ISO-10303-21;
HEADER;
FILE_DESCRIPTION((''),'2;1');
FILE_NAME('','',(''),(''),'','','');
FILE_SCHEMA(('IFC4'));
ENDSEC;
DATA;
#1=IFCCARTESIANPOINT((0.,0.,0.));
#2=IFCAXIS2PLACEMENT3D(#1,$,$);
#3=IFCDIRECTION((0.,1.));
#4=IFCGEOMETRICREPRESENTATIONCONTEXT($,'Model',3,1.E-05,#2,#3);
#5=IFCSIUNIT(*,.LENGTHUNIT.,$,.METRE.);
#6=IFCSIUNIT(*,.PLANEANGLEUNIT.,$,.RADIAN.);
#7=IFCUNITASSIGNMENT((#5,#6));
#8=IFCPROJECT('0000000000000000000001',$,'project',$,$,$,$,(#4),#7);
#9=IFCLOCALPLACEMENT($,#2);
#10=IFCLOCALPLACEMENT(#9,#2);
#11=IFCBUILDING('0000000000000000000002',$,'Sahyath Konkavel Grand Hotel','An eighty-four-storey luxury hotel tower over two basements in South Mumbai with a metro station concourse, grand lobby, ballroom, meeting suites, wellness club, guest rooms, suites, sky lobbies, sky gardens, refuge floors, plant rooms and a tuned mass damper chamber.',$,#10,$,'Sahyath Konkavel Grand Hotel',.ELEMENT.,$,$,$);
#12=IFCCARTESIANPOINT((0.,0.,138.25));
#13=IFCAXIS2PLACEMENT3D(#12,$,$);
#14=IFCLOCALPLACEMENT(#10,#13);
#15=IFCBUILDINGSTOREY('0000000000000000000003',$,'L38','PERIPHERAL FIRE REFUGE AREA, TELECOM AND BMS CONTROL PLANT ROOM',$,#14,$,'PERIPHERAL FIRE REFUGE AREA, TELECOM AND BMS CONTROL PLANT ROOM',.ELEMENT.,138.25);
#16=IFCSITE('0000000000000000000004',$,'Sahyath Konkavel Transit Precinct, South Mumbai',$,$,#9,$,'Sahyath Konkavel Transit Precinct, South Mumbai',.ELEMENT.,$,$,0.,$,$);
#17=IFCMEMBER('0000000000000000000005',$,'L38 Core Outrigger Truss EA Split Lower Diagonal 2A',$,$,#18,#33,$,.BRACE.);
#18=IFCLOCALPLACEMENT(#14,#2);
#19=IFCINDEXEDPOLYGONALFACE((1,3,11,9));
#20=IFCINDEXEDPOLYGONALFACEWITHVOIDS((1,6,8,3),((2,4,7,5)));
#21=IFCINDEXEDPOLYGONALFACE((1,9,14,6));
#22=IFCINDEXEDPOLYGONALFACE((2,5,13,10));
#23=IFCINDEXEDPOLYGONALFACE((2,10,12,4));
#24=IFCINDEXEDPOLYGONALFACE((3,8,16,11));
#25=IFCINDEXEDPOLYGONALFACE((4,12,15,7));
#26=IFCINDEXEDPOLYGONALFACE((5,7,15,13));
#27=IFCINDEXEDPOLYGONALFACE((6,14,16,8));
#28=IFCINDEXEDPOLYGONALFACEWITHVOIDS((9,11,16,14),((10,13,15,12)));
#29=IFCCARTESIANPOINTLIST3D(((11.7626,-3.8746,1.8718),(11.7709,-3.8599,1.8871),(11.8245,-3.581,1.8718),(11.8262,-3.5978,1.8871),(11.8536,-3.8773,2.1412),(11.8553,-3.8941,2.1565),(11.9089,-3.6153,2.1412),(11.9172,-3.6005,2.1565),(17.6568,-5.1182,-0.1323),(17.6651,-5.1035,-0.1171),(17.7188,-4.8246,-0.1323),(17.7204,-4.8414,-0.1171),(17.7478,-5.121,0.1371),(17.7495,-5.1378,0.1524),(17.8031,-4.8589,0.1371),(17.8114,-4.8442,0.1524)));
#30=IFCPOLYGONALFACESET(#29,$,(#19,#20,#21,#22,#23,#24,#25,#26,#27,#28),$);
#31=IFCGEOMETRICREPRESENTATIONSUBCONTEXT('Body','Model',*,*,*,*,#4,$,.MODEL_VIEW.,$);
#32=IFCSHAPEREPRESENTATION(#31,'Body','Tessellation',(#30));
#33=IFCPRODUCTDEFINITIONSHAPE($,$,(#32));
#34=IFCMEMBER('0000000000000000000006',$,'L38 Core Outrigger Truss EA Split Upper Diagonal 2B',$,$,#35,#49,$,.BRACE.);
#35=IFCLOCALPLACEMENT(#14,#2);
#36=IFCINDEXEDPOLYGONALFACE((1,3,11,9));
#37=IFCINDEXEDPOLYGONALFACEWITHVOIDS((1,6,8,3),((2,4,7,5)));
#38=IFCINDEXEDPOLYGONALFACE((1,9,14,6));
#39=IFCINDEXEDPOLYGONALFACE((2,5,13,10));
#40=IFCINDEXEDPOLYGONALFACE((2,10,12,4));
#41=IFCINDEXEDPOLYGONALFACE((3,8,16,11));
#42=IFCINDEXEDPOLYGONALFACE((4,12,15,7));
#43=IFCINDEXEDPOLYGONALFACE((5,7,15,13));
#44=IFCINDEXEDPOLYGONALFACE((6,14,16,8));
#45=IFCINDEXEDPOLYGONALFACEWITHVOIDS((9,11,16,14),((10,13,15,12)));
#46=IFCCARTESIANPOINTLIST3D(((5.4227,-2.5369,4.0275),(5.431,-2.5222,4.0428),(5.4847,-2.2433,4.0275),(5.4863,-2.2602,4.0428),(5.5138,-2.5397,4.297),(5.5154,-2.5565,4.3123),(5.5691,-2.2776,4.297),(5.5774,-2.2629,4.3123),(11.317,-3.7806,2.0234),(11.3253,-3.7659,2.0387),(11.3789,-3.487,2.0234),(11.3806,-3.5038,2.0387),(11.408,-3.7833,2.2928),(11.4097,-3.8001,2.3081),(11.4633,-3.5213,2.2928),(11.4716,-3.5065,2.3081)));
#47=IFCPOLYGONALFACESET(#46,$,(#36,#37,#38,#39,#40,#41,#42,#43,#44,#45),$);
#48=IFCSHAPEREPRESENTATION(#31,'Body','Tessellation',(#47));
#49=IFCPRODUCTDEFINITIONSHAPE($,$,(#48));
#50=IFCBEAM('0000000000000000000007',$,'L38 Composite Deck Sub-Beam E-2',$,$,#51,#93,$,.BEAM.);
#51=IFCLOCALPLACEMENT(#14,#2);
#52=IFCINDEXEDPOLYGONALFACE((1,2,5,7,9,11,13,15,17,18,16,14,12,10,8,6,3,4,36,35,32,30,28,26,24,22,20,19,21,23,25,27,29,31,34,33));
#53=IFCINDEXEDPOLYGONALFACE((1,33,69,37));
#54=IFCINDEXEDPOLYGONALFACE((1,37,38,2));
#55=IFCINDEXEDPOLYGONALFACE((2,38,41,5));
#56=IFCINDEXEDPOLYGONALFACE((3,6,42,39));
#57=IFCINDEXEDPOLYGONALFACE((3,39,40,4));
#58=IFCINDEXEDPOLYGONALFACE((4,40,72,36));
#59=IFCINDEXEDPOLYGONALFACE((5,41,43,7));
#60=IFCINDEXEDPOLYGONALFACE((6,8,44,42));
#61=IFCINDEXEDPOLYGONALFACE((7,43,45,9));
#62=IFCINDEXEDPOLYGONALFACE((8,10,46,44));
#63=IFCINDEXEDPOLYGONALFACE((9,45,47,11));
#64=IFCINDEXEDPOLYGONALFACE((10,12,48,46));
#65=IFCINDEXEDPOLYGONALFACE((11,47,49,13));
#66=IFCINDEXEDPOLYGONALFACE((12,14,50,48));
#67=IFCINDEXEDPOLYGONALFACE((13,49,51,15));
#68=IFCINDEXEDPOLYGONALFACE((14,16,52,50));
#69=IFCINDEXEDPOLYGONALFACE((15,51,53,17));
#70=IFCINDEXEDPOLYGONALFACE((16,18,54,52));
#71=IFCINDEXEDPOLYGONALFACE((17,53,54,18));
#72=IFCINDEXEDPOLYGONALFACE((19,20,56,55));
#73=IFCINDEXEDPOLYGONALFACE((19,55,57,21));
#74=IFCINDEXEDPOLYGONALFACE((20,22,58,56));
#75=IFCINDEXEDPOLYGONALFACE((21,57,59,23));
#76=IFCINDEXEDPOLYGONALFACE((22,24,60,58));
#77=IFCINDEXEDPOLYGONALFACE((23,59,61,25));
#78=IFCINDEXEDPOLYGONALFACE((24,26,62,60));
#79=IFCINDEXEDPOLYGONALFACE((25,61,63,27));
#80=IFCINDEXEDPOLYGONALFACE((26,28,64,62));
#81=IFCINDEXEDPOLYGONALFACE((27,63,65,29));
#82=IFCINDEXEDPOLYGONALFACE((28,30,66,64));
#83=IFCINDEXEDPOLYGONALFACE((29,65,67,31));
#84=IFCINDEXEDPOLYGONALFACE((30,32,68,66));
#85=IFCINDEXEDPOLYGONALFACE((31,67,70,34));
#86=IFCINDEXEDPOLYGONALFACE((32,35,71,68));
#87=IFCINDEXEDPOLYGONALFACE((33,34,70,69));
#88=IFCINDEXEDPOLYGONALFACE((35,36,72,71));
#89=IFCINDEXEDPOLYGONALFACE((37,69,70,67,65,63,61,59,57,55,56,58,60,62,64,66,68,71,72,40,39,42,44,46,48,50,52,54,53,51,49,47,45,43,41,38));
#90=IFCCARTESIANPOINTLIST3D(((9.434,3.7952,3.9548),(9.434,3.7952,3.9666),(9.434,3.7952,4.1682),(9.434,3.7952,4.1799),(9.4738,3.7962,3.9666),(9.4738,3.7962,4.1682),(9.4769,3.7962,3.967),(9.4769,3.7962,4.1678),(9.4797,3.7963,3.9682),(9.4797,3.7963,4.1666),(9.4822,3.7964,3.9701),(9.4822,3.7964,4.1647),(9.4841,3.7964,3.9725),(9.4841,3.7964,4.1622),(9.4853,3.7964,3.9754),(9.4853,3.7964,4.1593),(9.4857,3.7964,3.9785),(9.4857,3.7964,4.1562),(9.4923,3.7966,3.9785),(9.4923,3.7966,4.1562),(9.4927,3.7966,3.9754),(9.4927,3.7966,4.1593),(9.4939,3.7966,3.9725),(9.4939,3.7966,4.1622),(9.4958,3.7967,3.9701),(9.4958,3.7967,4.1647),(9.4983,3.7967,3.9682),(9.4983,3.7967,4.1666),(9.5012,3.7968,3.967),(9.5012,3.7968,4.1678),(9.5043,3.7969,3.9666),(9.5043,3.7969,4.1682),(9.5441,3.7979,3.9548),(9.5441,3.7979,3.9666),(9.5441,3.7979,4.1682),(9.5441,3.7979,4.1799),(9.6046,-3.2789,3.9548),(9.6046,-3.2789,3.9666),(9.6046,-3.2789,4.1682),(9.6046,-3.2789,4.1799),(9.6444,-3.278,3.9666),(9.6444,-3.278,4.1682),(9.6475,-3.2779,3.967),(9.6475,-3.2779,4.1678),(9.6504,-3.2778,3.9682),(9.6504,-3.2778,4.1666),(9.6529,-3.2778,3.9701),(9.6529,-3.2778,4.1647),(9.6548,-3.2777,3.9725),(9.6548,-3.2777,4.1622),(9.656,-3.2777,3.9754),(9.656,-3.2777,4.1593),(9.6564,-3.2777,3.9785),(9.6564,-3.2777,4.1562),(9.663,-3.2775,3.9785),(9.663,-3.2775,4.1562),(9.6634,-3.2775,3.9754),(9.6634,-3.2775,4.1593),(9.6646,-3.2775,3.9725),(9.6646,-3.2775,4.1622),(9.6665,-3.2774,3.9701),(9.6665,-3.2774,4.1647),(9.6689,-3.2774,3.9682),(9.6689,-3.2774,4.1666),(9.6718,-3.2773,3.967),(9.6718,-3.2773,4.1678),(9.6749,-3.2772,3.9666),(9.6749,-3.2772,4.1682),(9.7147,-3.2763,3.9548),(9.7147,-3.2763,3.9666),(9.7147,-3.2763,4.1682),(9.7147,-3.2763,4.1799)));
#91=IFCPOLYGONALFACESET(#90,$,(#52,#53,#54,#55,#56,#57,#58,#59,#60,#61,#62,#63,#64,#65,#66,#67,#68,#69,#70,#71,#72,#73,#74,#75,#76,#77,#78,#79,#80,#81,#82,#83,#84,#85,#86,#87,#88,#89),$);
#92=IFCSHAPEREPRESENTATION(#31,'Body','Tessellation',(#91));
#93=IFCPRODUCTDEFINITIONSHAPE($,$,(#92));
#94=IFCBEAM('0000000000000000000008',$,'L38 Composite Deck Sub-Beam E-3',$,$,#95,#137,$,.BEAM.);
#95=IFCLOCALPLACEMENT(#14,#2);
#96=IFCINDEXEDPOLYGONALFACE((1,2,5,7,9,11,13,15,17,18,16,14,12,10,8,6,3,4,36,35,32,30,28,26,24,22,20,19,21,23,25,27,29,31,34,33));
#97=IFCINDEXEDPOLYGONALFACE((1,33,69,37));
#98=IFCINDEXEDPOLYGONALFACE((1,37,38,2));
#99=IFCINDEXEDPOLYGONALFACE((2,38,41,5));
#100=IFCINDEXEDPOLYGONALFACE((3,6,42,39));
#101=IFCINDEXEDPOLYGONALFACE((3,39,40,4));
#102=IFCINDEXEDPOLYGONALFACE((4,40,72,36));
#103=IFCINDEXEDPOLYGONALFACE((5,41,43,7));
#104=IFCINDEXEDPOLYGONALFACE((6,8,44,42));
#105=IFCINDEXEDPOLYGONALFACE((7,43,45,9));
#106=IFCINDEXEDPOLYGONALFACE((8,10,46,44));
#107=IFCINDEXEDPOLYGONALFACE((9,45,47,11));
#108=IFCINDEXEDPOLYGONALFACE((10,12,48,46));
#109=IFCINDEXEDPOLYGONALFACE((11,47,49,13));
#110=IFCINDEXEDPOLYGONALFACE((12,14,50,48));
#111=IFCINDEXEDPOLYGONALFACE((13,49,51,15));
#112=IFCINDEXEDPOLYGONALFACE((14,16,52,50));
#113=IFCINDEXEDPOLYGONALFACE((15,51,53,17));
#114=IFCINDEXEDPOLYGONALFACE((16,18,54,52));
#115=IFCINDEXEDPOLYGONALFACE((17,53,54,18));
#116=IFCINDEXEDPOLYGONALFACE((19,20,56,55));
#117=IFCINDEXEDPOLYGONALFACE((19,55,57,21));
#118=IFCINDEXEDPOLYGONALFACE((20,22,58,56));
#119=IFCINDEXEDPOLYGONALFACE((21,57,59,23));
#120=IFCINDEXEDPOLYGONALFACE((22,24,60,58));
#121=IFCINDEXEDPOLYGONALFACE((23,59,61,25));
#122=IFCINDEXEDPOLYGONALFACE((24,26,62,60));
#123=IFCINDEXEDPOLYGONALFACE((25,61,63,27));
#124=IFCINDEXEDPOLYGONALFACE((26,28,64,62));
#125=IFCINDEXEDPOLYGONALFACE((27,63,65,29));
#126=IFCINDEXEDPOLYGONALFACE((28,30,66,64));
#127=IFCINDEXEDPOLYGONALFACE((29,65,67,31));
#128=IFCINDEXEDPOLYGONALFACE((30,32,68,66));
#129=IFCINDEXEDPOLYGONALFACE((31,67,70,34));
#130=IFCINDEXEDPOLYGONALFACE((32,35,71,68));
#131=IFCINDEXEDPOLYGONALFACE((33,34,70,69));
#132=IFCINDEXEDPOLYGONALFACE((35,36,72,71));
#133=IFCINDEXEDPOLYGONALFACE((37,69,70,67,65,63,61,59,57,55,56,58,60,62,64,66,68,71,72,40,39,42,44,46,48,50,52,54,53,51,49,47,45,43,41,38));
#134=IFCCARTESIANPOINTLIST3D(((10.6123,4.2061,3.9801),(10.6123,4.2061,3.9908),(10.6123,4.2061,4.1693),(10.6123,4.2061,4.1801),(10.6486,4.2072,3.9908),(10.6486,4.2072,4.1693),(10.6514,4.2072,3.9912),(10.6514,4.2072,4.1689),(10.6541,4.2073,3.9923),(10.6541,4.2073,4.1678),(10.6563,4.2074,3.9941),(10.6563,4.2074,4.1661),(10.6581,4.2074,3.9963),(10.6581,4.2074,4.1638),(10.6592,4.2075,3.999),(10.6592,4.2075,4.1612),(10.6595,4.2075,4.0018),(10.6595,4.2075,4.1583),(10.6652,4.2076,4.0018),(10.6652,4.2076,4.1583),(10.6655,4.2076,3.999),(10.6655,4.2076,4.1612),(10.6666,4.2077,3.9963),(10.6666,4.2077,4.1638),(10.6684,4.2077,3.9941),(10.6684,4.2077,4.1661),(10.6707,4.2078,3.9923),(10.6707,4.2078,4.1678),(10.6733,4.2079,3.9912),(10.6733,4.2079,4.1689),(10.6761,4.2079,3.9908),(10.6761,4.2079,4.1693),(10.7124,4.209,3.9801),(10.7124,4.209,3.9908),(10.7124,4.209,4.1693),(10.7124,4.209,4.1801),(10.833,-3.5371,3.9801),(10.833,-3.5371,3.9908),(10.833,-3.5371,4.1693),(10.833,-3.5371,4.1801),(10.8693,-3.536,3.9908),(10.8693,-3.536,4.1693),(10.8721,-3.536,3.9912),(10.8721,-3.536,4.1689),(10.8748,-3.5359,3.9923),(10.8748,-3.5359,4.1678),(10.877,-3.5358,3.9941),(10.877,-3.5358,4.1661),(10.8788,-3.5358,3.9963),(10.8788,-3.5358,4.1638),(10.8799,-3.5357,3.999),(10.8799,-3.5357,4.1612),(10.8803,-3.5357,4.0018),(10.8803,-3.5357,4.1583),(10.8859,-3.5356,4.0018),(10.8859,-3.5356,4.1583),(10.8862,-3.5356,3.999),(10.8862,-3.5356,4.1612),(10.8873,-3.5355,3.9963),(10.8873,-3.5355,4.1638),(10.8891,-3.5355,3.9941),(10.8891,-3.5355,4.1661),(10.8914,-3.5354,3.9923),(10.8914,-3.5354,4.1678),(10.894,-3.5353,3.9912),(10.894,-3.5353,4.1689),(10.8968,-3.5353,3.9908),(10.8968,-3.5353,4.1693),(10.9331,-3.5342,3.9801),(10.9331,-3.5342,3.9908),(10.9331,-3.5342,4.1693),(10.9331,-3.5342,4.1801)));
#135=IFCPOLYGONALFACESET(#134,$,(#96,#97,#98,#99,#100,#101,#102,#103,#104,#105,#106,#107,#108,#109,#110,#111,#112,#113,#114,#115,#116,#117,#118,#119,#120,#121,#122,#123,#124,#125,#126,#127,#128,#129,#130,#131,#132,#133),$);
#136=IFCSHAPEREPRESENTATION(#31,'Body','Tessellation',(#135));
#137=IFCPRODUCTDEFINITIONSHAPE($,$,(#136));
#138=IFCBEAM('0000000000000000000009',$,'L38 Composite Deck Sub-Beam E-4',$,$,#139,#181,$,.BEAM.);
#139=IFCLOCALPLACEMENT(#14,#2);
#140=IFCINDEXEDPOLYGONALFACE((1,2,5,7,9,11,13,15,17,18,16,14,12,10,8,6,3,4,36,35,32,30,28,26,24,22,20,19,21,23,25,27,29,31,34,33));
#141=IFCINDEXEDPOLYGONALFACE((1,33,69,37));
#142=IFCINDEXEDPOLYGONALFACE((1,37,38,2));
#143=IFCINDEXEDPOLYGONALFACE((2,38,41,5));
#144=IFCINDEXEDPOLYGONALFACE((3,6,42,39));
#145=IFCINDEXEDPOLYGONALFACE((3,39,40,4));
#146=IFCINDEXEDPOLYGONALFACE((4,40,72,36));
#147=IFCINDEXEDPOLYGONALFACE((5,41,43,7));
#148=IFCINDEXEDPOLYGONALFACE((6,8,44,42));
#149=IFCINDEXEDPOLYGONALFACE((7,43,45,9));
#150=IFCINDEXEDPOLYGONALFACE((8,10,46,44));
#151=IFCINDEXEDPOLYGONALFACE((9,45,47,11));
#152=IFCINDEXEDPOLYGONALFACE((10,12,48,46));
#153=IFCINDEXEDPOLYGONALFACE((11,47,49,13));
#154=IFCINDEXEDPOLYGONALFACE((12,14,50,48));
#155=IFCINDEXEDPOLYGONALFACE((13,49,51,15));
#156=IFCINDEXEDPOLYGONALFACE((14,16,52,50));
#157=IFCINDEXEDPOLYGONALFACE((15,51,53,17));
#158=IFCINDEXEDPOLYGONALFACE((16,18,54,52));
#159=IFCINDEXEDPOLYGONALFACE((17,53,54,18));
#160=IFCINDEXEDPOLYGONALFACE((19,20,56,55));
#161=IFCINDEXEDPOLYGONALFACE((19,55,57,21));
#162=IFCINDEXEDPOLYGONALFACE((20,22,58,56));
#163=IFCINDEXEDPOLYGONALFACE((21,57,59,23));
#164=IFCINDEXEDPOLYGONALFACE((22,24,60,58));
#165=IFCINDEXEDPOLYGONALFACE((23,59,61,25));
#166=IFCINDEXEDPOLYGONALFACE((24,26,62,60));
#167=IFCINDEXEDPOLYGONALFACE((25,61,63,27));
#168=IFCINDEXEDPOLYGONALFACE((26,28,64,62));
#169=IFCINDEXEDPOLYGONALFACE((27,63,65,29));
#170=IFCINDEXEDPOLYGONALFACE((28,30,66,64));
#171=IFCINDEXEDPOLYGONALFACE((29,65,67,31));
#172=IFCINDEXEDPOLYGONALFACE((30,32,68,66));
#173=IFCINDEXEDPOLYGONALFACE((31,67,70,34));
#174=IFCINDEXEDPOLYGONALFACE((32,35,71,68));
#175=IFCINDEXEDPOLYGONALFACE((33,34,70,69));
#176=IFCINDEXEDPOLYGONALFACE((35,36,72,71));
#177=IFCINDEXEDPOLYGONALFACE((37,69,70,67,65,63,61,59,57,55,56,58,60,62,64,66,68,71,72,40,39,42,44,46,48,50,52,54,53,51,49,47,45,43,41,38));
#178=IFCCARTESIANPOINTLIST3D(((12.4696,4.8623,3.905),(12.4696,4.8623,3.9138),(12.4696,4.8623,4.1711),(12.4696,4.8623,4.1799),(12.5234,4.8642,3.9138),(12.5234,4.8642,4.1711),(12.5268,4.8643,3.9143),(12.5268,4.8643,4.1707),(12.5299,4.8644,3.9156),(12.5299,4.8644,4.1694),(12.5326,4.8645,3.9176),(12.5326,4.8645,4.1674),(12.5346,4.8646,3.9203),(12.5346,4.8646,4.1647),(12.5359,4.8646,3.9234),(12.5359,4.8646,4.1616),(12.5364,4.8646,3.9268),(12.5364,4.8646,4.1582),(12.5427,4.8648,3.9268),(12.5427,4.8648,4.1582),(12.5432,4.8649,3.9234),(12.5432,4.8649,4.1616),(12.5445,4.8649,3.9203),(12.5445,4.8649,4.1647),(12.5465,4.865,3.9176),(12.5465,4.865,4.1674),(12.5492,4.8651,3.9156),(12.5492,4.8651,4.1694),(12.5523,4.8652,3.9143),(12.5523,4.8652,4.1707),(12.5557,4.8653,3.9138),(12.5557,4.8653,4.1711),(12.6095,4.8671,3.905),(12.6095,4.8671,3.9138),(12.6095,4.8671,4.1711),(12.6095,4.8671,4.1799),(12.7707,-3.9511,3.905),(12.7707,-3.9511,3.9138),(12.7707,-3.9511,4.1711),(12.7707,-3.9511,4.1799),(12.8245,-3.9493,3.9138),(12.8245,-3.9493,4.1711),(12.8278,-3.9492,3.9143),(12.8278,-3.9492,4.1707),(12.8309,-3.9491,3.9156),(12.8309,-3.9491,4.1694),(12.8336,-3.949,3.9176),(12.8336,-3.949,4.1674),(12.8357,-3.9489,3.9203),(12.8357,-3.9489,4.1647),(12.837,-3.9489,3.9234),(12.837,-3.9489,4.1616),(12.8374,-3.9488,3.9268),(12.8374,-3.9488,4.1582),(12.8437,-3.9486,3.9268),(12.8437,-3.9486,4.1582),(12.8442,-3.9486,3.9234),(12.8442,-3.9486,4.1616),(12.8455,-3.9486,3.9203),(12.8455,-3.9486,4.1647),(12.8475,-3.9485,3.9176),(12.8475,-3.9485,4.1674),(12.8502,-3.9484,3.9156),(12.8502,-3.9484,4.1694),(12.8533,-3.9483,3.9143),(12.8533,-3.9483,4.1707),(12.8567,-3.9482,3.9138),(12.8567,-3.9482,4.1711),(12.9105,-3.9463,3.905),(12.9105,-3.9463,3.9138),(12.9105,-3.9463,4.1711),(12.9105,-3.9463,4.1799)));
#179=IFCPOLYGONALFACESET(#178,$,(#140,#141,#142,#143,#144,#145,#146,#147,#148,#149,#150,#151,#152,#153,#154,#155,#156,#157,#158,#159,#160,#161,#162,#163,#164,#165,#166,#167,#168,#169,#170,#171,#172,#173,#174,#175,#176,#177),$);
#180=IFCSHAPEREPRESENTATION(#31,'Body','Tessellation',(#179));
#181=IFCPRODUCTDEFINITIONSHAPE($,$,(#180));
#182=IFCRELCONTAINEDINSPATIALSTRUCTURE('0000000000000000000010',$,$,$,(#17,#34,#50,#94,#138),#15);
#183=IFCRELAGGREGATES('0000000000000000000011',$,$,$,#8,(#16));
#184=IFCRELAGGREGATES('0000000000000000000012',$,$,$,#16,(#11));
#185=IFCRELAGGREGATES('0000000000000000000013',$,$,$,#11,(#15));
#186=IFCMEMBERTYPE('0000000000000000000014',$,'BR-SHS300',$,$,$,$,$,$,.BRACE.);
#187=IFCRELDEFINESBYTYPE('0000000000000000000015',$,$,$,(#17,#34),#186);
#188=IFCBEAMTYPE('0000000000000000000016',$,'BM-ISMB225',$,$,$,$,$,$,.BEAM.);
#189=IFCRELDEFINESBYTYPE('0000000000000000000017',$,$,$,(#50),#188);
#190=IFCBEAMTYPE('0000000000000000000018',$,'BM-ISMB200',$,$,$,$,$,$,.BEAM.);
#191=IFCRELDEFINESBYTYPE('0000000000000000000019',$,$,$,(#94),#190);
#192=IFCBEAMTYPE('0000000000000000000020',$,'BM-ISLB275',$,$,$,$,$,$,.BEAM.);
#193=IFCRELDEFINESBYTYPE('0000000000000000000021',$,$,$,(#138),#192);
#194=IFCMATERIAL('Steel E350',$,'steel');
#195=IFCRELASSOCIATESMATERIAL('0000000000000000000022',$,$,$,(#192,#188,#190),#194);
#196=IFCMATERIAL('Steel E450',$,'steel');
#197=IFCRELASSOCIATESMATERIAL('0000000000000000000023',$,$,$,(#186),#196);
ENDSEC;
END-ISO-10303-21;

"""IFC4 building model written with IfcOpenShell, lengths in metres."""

from ifc_helpers import new_model, si_unit, direction, frame, origin, origin_2d, place, context, subcontext, project, spatial, hollow_rectangle, i_section, extrude, source, transform, mapped, material, material_profile, profile_set, type_object, element, save


model = new_model("IFC4")

# Units and contexts
model_context = context("Model", 3, precision=1e-05, world=origin(), true_north=direction((0.0, 1.0)))
body_context = subcontext(model_context, "Body", "Model", "MODEL_VIEW")
ifc_project = project(units=[si_unit("LENGTHUNIT", "METRE"), si_unit("PLANEANGLEUNIT", "RADIAN")], contexts=[model_context])

# Site, building, storey
site_placement = place(None, origin())
site = spatial("IfcSite", under=ifc_project, at=site_placement, Name="Sahyath Konkavel Transit Precinct, South Mumbai", LongName="Sahyath Konkavel Transit Precinct, South Mumbai", CompositionType="ELEMENT", RefElevation=0.0)
building_placement = place(site_placement, origin())
building = spatial("IfcBuilding", under=site, at=building_placement, Name="Sahyath Konkavel Grand Hotel", Description="An eighty-four-storey luxury hotel tower over two basements in South Mumbai with a metro station concourse, grand lobby, ballroom, meeting suites, wellness club, guest rooms, suites, sky lobbies, sky gardens, refuge floors, plant rooms and a tuned mass damper chamber.", LongName="Sahyath Konkavel Grand Hotel", CompositionType="ELEMENT")
storey_placement = place(building_placement, frame((0.0, 0.0, 138.25)))
storey = spatial("IfcBuildingStorey", under=building, at=storey_placement, Name="L38", Description="PERIPHERAL FIRE REFUGE AREA, TELECOM AND BMS CONTROL PLANT ROOM", LongName="PERIPHERAL FIRE REFUGE AREA, TELECOM AND BMS CONTROL PLANT ROOM", CompositionType="ELEMENT", Elevation=138.25)

# Shared definitions
ifc_material_1 = material(Name="Steel E450", Category="steel")

# Shared definitions
ifc_material_2 = material(Name="Steel E350", Category="steel")
ifc_material_profile_1 = material_profile(ifc_material_2, i_section(OverallWidth=0.1399, OverallDepth=0.2749, WebThickness=0.0063, FlangeThickness=0.0088, FilletRadius=0.0129, at=origin_2d()), Name="ISLB 275")
ifc_profile_set_1 = profile_set([ifc_material_profile_1], Name="Steel E350")
beam_type_1 = type_object("IfcBeamType", Name="BM-ISLB275", PredefinedType="BEAM", material=ifc_profile_set_1)

# Members
ifc_material_profile_2 = material_profile(ifc_material_1, hollow_rectangle(XDim=0.3, YDim=0.3, WallThickness=0.0161, at=origin_2d()), Name="SHS 300x300x16")
ifc_profile_set_2 = profile_set([ifc_material_profile_2], Name="Steel E450")
member_type = type_object("IfcMemberType", Name="BR-SHS300", PredefinedType="BRACE", material=ifc_profile_set_2)
shared_shape_1 = source(origin(), body_context, "Body", "SweptSolid", [
    extrude(hollow_rectangle(XDim=0.3, YDim=0.3, WallThickness=0.0161, at=origin_2d()), origin(), (0.0, 0.0, 1.0), 6.3486),
])
for number, where, z_axis, x_axis, name in (
    (1, (17.7341, -4.9812, 0.01), (-0.928425, 0.195891, 0.315679), (-0.206448, -0.978458, 0.0), "L38 Core Outrigger Truss EA Split Lower Diagonal 2A"),
    (2, (11.3943, -3.6436, 2.1658), (-0.928425, 0.195891, 0.315679), (-0.206448, -0.978458, 0.0), "L38 Core Outrigger Truss EA Split Upper Diagonal 2B"),
):
    element("IfcMember", number, at=place(storey_placement, frame(where, z_axis=z_axis, x_axis=x_axis)), inside=storey, type_object=member_type, Name=name, PredefinedType="BRACE", context=body_context, shape_type="MappedRepresentation", body=[
        mapped(shared_shape_1, transform((0.0, 0.0, 0.0), scale=1.0)),
    ])

# Beams
ifc_material_profile_3 = material_profile(ifc_material_2, i_section(OverallWidth=0.1101, OverallDepth=0.2251, WebThickness=0.0066, FlangeThickness=0.0117, FilletRadius=0.012, at=origin_2d()), Name="ISMB 225")
ifc_profile_set_3 = profile_set([ifc_material_profile_3], Name="Steel E350")
beam_type_2 = type_object("IfcBeamType", Name="BM-ISMB225", PredefinedType="BEAM", material=ifc_profile_set_3)
shared_shape_2 = source(origin(), body_context, "Body", "SweptSolid", [
    extrude(i_section(OverallWidth=0.1101, OverallDepth=0.2251, WebThickness=0.0066, FlangeThickness=0.0117, FilletRadius=0.012, at=origin_2d()), origin(), (0.0, 0.0, 1.0), 7.0762),
])
beam_1_placement = place(storey_placement, frame((9.6597, -3.2776, 4.0674), z_axis=(-0.024116, 0.999709, 0.0), x_axis=(-0.999709, -0.024116, 0.0)))
element("IfcBeam", 3, at=beam_1_placement, inside=storey, type_object=beam_type_2, Name="L38 Composite Deck Sub-Beam E-2", PredefinedType="BEAM", context=body_context, shape_type="MappedRepresentation", body=[
    mapped(shared_shape_2, transform((0.0, 0.0, 0.0), scale=1.0)),
])
ifc_material_profile_4 = material_profile(ifc_material_2, i_section(OverallWidth=0.1001, OverallDepth=0.2, WebThickness=0.0056, FlangeThickness=0.0107, FilletRadius=0.011, at=origin_2d()), Name="ISMB 200")
ifc_profile_set_4 = profile_set([ifc_material_profile_4], Name="Steel E350")
beam_type_3 = type_object("IfcBeamType", Name="BM-ISMB200", PredefinedType="BEAM", material=ifc_profile_set_4)
shared_shape_3 = source(origin(), body_context, "Body", "SweptSolid", [
    extrude(i_section(OverallWidth=0.1001, OverallDepth=0.2, WebThickness=0.0056, FlangeThickness=0.0107, FilletRadius=0.011, at=origin_2d()), origin(), (0.0, 0.0, 1.0), 7.7463),
])
beam_2_placement = place(storey_placement, frame((10.8831, -3.5356, 4.0801), z_axis=(-0.028491, 0.999594, 0.0), x_axis=(-0.999594, -0.028491, 0.0)))
element("IfcBeam", 4, at=beam_2_placement, inside=storey, type_object=beam_type_3, Name="L38 Composite Deck Sub-Beam E-3", PredefinedType="BEAM", context=body_context, shape_type="MappedRepresentation", body=[
    mapped(shared_shape_3, transform((0.0, 0.0, 0.0), scale=1.0)),
])
shared_shape_4 = source(origin(), body_context, "Body", "SweptSolid", [
    extrude(i_section(OverallWidth=0.1399, OverallDepth=0.2749, WebThickness=0.0063, FlangeThickness=0.0088, FilletRadius=0.0129, at=origin_2d()), origin(), (0.0, 0.0, 1.0), 8.8186),
])
beam_3_placement = place(storey_placement, frame((12.8406, -3.9487, 4.0425), z_axis=(-0.034135, 0.999417, 0.0), x_axis=(-0.999417, -0.034135, 0.0)))
element("IfcBeam", 5, at=beam_3_placement, inside=storey, type_object=beam_type_1, Name="L38 Composite Deck Sub-Beam E-4", PredefinedType="BEAM", context=body_context, shape_type="MappedRepresentation", body=[
    mapped(shared_shape_4, transform((0.0, 0.0, 0.0), scale=1.0)),
])

save(model, "model.ifc")
